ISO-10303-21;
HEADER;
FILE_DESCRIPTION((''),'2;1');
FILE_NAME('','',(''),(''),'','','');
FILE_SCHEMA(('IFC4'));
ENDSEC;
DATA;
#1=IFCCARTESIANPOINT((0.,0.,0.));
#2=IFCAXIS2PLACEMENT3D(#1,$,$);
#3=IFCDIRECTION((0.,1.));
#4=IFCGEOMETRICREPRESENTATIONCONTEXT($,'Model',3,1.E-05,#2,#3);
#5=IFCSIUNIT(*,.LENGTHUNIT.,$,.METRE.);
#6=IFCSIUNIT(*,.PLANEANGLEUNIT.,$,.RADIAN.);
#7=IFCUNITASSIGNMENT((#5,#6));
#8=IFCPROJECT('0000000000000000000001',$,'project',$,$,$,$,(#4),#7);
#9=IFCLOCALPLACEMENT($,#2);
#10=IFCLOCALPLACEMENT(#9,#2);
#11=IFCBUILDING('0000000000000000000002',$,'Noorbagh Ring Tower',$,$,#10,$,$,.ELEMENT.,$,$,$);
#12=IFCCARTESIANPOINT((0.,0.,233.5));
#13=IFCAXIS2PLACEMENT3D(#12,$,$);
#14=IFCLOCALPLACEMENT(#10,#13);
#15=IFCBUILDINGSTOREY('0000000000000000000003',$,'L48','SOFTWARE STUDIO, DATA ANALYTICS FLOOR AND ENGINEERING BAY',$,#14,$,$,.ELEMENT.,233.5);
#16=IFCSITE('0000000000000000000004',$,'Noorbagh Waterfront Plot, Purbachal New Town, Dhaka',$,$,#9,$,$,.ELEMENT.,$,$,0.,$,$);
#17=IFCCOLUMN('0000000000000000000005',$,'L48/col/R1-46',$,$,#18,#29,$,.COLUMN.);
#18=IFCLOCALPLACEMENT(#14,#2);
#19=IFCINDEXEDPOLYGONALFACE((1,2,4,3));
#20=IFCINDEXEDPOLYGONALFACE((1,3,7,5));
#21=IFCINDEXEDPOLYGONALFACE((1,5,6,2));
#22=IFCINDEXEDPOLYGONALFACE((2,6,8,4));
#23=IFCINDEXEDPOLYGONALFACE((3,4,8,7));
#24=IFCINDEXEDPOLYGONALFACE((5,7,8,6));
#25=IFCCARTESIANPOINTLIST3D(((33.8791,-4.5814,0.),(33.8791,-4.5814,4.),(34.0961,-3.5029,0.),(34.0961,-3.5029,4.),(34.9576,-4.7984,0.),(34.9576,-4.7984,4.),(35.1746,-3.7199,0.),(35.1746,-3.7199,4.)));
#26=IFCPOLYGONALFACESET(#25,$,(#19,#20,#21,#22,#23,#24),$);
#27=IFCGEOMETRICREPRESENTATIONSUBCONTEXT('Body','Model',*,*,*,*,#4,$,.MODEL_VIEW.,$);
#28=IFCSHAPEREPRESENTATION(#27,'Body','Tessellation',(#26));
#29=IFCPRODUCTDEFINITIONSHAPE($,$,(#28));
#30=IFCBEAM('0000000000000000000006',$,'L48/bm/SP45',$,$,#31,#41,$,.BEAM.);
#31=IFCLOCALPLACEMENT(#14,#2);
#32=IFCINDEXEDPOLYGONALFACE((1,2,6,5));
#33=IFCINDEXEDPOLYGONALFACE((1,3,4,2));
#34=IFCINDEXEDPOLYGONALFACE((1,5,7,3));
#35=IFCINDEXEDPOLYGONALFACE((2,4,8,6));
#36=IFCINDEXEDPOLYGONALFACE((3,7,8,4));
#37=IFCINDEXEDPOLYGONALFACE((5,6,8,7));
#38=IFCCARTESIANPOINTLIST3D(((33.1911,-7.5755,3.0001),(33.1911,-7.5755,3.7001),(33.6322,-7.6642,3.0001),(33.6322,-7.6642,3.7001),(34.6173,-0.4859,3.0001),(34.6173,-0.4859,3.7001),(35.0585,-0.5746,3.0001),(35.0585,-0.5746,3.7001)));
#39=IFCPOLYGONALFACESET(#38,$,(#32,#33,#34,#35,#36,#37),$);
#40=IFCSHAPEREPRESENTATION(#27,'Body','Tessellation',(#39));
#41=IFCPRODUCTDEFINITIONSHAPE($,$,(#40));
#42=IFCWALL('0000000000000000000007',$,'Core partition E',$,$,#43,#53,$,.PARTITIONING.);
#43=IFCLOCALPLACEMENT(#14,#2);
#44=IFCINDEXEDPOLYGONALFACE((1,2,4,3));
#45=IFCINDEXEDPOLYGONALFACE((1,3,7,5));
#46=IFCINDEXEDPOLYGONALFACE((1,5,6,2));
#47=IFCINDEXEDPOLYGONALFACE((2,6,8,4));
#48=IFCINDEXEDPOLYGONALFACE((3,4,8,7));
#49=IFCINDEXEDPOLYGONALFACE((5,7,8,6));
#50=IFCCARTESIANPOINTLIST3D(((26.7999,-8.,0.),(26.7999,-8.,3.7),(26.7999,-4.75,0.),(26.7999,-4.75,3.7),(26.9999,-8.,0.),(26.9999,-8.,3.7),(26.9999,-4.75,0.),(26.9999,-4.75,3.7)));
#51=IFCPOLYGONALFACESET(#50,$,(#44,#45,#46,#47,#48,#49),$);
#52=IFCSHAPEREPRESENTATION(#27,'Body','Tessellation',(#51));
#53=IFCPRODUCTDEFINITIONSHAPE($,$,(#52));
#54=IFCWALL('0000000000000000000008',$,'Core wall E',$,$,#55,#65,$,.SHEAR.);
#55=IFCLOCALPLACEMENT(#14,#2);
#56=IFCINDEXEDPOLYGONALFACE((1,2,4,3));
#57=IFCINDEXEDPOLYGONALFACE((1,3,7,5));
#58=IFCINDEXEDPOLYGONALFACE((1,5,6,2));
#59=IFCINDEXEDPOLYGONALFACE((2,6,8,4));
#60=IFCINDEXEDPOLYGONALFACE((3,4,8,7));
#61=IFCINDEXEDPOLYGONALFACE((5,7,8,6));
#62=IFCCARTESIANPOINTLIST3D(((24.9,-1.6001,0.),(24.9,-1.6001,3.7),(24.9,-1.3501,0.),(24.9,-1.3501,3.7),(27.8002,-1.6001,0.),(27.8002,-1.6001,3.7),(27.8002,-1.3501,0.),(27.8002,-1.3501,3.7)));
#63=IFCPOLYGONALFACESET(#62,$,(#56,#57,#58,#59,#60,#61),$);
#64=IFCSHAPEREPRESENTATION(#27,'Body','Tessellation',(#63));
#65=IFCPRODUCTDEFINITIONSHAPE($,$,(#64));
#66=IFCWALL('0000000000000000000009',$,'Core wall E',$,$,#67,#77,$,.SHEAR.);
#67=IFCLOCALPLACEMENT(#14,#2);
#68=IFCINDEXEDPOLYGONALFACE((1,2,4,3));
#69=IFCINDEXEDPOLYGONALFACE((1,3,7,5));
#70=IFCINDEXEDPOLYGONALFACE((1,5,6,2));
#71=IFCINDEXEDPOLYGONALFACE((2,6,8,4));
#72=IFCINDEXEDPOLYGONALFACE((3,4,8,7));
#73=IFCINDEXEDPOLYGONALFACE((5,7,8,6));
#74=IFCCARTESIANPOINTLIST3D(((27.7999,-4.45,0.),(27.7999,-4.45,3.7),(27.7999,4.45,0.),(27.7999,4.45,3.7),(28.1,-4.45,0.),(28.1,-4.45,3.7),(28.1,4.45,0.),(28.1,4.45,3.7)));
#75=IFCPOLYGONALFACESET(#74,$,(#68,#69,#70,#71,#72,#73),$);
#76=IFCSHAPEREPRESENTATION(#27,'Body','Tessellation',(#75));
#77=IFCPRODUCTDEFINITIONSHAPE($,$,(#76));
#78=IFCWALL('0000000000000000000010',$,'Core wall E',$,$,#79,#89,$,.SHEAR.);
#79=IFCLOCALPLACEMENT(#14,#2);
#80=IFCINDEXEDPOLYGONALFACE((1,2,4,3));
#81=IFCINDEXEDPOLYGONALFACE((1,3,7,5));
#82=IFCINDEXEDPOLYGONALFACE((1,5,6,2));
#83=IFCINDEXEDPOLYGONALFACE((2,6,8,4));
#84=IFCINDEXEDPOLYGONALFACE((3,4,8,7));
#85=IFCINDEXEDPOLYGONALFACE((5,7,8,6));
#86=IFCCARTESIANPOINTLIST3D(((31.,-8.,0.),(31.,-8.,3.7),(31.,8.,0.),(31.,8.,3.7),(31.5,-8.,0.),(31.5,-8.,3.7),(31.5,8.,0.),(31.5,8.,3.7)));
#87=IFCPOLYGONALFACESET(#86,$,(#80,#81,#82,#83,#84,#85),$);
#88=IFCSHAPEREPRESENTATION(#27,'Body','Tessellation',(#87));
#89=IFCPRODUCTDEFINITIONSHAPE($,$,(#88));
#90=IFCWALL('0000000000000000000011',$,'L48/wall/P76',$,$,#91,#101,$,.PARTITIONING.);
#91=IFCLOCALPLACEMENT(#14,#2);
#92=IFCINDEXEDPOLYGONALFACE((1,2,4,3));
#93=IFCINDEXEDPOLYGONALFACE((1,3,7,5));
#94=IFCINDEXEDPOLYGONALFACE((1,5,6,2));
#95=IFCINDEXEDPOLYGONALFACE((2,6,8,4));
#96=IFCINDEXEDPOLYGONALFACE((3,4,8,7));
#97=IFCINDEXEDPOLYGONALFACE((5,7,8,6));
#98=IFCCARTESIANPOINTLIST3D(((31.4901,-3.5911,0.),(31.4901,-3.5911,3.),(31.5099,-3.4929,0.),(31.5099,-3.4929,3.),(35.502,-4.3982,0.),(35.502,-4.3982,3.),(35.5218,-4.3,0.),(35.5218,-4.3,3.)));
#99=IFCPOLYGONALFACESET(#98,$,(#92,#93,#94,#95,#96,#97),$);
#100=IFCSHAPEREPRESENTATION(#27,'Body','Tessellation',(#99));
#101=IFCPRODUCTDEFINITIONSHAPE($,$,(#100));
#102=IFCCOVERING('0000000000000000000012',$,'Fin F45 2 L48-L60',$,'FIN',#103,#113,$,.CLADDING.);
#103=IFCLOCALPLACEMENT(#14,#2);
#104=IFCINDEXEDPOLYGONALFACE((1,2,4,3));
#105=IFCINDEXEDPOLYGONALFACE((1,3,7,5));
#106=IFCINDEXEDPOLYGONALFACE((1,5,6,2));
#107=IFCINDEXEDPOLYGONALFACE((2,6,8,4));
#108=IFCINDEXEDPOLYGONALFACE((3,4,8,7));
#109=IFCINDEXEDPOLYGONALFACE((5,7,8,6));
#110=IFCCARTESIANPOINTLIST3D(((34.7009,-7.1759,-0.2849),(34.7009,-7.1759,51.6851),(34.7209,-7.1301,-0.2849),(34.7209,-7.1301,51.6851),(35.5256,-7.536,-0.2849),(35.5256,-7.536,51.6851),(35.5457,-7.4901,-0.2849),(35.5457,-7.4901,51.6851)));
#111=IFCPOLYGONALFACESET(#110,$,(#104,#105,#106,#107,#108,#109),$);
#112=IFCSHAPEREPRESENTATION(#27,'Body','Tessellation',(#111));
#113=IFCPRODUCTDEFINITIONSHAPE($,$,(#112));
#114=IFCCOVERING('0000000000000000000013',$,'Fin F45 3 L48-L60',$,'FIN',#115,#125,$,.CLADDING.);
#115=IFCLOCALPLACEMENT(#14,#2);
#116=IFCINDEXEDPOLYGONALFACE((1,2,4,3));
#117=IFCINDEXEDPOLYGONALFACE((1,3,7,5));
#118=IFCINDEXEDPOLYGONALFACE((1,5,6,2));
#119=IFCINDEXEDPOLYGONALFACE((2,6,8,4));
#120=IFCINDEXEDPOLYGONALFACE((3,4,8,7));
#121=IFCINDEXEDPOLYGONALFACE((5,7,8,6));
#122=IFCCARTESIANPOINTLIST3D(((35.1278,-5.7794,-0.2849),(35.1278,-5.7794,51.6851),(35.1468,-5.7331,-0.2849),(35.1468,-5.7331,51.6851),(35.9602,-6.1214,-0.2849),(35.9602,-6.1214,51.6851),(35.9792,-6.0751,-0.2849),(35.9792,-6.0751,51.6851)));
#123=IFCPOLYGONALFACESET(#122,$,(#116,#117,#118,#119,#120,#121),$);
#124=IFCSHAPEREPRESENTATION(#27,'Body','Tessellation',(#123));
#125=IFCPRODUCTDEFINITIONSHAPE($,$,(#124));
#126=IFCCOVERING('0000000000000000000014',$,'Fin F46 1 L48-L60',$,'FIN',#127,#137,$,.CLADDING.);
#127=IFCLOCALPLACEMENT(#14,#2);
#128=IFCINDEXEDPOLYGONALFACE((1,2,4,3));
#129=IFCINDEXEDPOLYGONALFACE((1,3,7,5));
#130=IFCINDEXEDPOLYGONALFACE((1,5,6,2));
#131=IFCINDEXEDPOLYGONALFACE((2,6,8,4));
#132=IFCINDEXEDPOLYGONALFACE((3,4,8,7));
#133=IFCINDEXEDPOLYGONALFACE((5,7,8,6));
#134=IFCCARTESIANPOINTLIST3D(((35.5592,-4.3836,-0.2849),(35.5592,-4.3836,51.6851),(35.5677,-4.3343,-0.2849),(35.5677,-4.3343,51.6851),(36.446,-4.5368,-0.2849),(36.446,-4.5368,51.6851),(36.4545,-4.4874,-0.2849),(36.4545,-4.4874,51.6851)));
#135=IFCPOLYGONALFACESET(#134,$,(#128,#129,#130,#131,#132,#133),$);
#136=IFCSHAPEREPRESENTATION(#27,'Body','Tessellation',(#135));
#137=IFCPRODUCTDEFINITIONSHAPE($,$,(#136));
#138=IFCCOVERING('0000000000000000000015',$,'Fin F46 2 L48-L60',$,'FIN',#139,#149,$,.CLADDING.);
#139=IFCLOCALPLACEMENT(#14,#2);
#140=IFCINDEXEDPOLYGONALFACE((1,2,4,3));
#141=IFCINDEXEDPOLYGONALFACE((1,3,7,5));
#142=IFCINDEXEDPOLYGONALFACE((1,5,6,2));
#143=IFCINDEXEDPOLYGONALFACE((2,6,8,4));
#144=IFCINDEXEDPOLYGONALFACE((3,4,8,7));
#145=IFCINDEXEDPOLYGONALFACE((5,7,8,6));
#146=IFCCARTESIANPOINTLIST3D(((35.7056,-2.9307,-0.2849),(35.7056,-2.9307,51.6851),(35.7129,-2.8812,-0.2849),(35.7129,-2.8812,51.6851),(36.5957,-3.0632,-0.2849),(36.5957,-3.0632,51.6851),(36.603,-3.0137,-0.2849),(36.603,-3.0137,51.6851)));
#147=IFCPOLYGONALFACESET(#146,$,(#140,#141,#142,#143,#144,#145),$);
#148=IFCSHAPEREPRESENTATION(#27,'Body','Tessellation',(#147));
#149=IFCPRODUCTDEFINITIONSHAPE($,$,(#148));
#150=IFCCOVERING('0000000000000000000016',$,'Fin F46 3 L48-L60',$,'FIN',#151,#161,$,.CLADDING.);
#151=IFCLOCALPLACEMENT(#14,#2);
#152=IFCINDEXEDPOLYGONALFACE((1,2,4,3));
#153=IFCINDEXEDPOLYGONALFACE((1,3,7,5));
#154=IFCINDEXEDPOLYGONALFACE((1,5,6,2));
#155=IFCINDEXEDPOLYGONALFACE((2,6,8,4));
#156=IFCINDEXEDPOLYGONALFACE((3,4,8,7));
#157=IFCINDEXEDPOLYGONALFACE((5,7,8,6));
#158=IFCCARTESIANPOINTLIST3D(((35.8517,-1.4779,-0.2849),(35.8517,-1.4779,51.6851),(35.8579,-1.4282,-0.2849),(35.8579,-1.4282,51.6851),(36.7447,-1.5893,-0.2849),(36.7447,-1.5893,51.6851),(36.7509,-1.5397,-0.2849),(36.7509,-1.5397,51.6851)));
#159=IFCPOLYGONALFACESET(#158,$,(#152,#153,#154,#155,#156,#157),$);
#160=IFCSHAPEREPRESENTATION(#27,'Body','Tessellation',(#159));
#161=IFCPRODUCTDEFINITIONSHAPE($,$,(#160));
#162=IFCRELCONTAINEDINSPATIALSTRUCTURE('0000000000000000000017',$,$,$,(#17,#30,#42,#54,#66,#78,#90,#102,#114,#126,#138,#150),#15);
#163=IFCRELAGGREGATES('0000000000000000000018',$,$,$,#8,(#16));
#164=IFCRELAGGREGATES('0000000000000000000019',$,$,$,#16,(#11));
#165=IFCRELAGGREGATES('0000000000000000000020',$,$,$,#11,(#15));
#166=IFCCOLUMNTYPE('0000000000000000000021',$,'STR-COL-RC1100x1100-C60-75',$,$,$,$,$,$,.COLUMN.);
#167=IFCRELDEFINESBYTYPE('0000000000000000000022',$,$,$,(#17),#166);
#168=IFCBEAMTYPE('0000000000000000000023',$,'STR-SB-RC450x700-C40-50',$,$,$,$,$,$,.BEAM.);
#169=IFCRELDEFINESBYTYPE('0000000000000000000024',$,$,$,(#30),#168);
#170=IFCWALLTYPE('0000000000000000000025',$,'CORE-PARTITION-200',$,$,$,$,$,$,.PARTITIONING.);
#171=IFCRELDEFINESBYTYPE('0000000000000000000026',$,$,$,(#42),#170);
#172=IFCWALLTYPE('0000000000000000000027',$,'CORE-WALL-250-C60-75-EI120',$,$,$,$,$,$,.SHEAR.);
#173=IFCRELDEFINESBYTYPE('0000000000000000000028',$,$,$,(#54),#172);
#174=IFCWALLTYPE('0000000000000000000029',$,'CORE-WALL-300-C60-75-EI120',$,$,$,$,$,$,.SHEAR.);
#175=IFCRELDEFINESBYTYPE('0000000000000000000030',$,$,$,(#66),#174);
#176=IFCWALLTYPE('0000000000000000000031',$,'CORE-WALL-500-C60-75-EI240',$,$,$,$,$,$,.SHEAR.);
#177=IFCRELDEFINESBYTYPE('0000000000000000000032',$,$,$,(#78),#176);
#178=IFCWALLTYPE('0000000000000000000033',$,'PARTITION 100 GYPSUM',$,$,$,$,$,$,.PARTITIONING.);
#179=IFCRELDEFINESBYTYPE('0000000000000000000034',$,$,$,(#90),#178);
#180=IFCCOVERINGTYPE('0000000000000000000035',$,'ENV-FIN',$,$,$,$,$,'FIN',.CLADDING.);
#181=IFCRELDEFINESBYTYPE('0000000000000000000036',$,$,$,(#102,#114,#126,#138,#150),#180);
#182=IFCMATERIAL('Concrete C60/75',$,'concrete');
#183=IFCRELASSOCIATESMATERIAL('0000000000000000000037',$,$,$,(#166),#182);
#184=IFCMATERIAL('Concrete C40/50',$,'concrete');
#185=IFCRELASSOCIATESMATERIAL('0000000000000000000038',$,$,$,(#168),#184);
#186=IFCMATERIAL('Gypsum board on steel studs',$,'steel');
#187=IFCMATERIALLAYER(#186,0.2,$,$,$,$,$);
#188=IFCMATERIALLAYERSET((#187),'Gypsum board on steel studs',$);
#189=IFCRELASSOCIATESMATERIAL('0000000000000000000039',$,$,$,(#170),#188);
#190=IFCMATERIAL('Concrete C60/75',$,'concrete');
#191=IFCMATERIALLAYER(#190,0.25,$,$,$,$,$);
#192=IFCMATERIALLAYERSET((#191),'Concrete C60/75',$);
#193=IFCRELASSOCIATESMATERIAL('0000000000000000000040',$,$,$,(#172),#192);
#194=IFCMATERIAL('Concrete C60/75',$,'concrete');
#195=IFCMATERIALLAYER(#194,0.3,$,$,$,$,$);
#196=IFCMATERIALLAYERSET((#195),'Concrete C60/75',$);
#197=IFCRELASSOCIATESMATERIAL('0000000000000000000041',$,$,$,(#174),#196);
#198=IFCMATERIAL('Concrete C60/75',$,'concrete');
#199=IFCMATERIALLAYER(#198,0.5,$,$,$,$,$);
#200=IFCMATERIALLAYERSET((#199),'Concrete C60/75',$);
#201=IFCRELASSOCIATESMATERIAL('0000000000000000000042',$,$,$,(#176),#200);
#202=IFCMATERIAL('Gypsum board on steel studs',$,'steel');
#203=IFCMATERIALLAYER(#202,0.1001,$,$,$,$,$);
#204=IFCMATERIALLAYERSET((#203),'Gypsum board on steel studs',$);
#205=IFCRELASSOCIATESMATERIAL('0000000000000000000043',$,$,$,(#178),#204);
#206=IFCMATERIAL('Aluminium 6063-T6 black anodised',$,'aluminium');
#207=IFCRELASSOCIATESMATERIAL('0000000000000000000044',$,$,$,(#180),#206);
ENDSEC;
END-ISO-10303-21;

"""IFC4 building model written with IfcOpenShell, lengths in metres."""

from ifc_helpers import new_model, si_unit, direction, frame, frame_2d, origin, origin_2d, place, context, subcontext, project, spatial, rectangle, extrude, material, layer, layer_set, material_profile, profile_set, type_object, element, save


model = new_model("IFC4")

# Units and contexts
model_context = context("Model", 3, precision=1e-05, world=origin(), true_north=direction((0.0, 1.0)))
body_context = subcontext(model_context, "Body", "Model", "MODEL_VIEW")
ifc_project = project(units=[si_unit("LENGTHUNIT", "METRE"), si_unit("PLANEANGLEUNIT", "RADIAN")], contexts=[model_context])

# Site, building, storey
site_placement = place(None, origin())
site = spatial("IfcSite", under=ifc_project, at=site_placement, Name="Noorbagh Waterfront Plot, Purbachal New Town, Dhaka", CompositionType="ELEMENT", RefElevation=0.0)
building_placement = place(site_placement, origin())
building = spatial("IfcBuilding", under=site, at=building_placement, Name="Noorbagh Ring Tower", CompositionType="ELEMENT")
storey_placement = place(building_placement, frame((0.0, 0.0, 233.5)))
storey = spatial("IfcBuildingStorey", under=building, at=storey_placement, Name="L48", Description="SOFTWARE STUDIO, DATA ANALYTICS FLOOR AND ENGINEERING BAY", CompositionType="ELEMENT", Elevation=233.5)

# Column
ifc_material_1 = material(Name="Concrete C60/75", Category="concrete")
ifc_material_profile_1 = material_profile(ifc_material_1, rectangle(XDim=1.1001, YDim=1.1001, at=origin_2d()), Name="RC1100x1100")
ifc_profile_set_1 = profile_set([ifc_material_profile_1], Name="Concrete C60/75")
column_type = type_object("IfcColumnType", Name="STR-COL-RC1100x1100-C60-75", PredefinedType="COLUMN", material=ifc_profile_set_1)
column_placement = place(storey_placement, frame((34.5269, -4.1506, 0.0), z_axis=(0.0, 0.0, 1.0), x_axis=(0.19723, 0.980357, 0.0)))
element("IfcColumn", 1, at=column_placement, inside=storey, type_object=column_type, Name="L48/col/R1-46", PredefinedType="COLUMN", context=body_context, shape_type="SweptSolid", body=[
    extrude(rectangle(XDim=1.1001, YDim=1.1001, at=origin_2d()), origin(), (0.0, 0.0, 1.0), 4.0),
])

# Beam
ifc_material_2 = material(Name="Concrete C40/50", Category="concrete")
ifc_material_profile_2 = material_profile(ifc_material_2, rectangle(XDim=0.45, YDim=0.7, at=origin_2d()), Name="RC450x700")
ifc_profile_set_2 = profile_set([ifc_material_profile_2], Name="Concrete C40/50")
beam_type = type_object("IfcBeamType", Name="STR-SB-RC450x700-C40-50", PredefinedType="BEAM", material=ifc_profile_set_2)
beam_placement = place(storey_placement, frame((33.4116, -7.6199, 3.3501), z_axis=(0.197226, 0.980358, 0.0), x_axis=(-0.980358, 0.197226, 0.0)))
element("IfcBeam", 2, at=beam_placement, inside=storey, type_object=beam_type, Name="L48/bm/SP45", PredefinedType="BEAM", context=body_context, shape_type="SweptSolid", body=[
    extrude(rectangle(XDim=0.45, YDim=0.7, at=origin_2d()), origin(), (0.0, 0.0, 1.0), 7.2317),
])

# Walls
ifc_material_3 = material(Name="Gypsum board on steel studs", Category="steel")
ifc_layer_1 = layer(ifc_material_3, 0.2)
ifc_layer_set_1 = layer_set([ifc_layer_1], Name="Gypsum board on steel studs")
wall_type_1 = type_object("IfcWallType", Name="CORE-PARTITION-200", PredefinedType="PARTITIONING", material=ifc_layer_set_1)
wall_1_placement = place(storey_placement, frame((26.8999, -8.0, 0.0), z_axis=(0.0, 0.0, 1.0), x_axis=(0.0, 1.0, 0.0)))
element("IfcWall", 3, at=wall_1_placement, inside=storey, type_object=wall_type_1, Name="Core partition E", PredefinedType="PARTITIONING", context=body_context, shape_type="SweptSolid", body=[
    extrude(rectangle(XDim=3.25, YDim=0.2, at=frame_2d((1.625, 0.0))), origin(), (0.0, 0.0, 1.0), 3.7),
])
ifc_material_4 = material(Name="Concrete C60/75", Category="concrete")
ifc_layer_2 = layer(ifc_material_4, 0.25)
ifc_layer_set_2 = layer_set([ifc_layer_2], Name="Concrete C60/75")
wall_type_2 = type_object("IfcWallType", Name="CORE-WALL-250-C60-75-EI120", PredefinedType="SHEAR", material=ifc_layer_set_2)
wall_2_placement = place(storey_placement, frame((24.8999, -1.4751, 0.0), z_axis=(0.0, 0.0, 1.0), x_axis=(1.0, 0.0, 0.0)))
element("IfcWall", 4, at=wall_2_placement, inside=storey, type_object=wall_type_2, Name="Core wall E", PredefinedType="SHEAR", context=body_context, shape_type="SweptSolid", body=[
    extrude(rectangle(XDim=2.9001, YDim=0.25, at=frame_2d((1.4502, 0.0))), origin(), (0.0, 0.0, 1.0), 3.7),
])
ifc_material_5 = material(Name="Concrete C60/75", Category="concrete")
ifc_layer_3 = layer(ifc_material_5, 0.3)
ifc_layer_set_3 = layer_set([ifc_layer_3], Name="Concrete C60/75")
wall_type_3 = type_object("IfcWallType", Name="CORE-WALL-300-C60-75-EI120", PredefinedType="SHEAR", material=ifc_layer_set_3)
wall_3_placement = place(storey_placement, frame((27.95, -4.45, 0.0), z_axis=(0.0, 0.0, 1.0), x_axis=(0.0, 1.0, 0.0)))
element("IfcWall", 5, at=wall_3_placement, inside=storey, type_object=wall_type_3, Name="Core wall E", PredefinedType="SHEAR", context=body_context, shape_type="SweptSolid", body=[
    extrude(rectangle(XDim=8.8999, YDim=0.3, at=frame_2d((4.45, 0.0))), origin(), (0.0, 0.0, 1.0), 3.7),
])
ifc_material_6 = material(Name="Concrete C60/75", Category="concrete")
ifc_layer_4 = layer(ifc_material_6, 0.5)
ifc_layer_set_4 = layer_set([ifc_layer_4], Name="Concrete C60/75")
wall_type_4 = type_object("IfcWallType", Name="CORE-WALL-500-C60-75-EI240", PredefinedType="SHEAR", material=ifc_layer_set_4)
wall_4_placement = place(storey_placement, frame((31.25, -8.0, 0.0), z_axis=(0.0, 0.0, 1.0), x_axis=(0.0, 1.0, 0.0)))
element("IfcWall", 6, at=wall_4_placement, inside=storey, type_object=wall_type_4, Name="Core wall E", PredefinedType="SHEAR", context=body_context, shape_type="SweptSolid", body=[
    extrude(rectangle(XDim=16.0, YDim=0.5, at=frame_2d((8.0, 0.0))), origin(), (0.0, 0.0, 1.0), 3.7),
])
ifc_material_7 = material(Name="Gypsum board on steel studs", Category="steel")
ifc_layer_5 = layer(ifc_material_7, 0.1001)
ifc_layer_set_5 = layer_set([ifc_layer_5], Name="Gypsum board on steel studs")
wall_type_5 = type_object("IfcWallType", Name="PARTITION 100 GYPSUM", PredefinedType="PARTITIONING", material=ifc_layer_set_5)
wall_5_placement = place(storey_placement, frame((31.5, -3.542, 0.0), z_axis=(0.0, 0.0, 1.0), x_axis=(0.980357, -0.197229, 0.0)))
element("IfcWall", 7, at=wall_5_placement, inside=storey, type_object=wall_type_5, Name="L48/wall/P76", PredefinedType="PARTITIONING", context=body_context, shape_type="SweptSolid", body=[
    extrude(rectangle(XDim=4.0923, YDim=0.1001, at=frame_2d((2.0461, 0.0))), origin(), (0.0, 0.0, 1.0), 3.0),
])

# Coverings
ifc_material_8 = material(Name="Aluminium 6063-T6 black anodised", Category="aluminium")
ifc_material_profile_3 = material_profile(ifc_material_8, rectangle(XDim=0.8999, YDim=0.05, at=origin_2d()), Name="900x50")
ifc_profile_set_3 = profile_set([ifc_material_profile_3], Name="Aluminium 6063-T6 black anodised")
covering_type = type_object("IfcCoveringType", Name="ENV-FIN", ElementType="FIN", PredefinedType="CLADDING", material=ifc_profile_set_3)
for number, where, z_axis, x_axis, name in (
    (8, (35.1233, -7.333, -0.2849), (0.0, 0.0, 1.0), (0.916475, -0.400092, 0.0), "Fin F45 2 L48-L60"),
    (9, (35.5535, -5.9272, -0.2849), (0.0, 0.0, 1.0), (0.925001, -0.379965, 0.0), "Fin F45 3 L48-L60"),
    (10, (36.0068, -4.4355, -0.2849), (0.0, 0.0, 1.0), (0.985419, -0.170147, 0.0), "Fin F46 1 L48-L60"),
    (11, (36.1543, -2.9722, -0.2849), (0.0, 0.0, 1.0), (0.989103, -0.147226, 0.0), "Fin F46 2 L48-L60"),
    (12, (36.3013, -1.5088, -0.2849), (0.0, 0.0, 1.0), (0.992303, -0.123835, 0.0), "Fin F46 3 L48-L60"),
):
    element("IfcCovering", number, at=place(storey_placement, frame(where, z_axis=z_axis, x_axis=x_axis)), inside=storey, type_object=covering_type, Name=name, ObjectType="FIN", PredefinedType="CLADDING", context=body_context, shape_type="SweptSolid", body=[
        extrude(rectangle(XDim=0.8999, YDim=0.05, at=origin_2d()), origin(), (0.0, 0.0, 1.0), 51.97),
    ])

save(model, "model.ifc")
